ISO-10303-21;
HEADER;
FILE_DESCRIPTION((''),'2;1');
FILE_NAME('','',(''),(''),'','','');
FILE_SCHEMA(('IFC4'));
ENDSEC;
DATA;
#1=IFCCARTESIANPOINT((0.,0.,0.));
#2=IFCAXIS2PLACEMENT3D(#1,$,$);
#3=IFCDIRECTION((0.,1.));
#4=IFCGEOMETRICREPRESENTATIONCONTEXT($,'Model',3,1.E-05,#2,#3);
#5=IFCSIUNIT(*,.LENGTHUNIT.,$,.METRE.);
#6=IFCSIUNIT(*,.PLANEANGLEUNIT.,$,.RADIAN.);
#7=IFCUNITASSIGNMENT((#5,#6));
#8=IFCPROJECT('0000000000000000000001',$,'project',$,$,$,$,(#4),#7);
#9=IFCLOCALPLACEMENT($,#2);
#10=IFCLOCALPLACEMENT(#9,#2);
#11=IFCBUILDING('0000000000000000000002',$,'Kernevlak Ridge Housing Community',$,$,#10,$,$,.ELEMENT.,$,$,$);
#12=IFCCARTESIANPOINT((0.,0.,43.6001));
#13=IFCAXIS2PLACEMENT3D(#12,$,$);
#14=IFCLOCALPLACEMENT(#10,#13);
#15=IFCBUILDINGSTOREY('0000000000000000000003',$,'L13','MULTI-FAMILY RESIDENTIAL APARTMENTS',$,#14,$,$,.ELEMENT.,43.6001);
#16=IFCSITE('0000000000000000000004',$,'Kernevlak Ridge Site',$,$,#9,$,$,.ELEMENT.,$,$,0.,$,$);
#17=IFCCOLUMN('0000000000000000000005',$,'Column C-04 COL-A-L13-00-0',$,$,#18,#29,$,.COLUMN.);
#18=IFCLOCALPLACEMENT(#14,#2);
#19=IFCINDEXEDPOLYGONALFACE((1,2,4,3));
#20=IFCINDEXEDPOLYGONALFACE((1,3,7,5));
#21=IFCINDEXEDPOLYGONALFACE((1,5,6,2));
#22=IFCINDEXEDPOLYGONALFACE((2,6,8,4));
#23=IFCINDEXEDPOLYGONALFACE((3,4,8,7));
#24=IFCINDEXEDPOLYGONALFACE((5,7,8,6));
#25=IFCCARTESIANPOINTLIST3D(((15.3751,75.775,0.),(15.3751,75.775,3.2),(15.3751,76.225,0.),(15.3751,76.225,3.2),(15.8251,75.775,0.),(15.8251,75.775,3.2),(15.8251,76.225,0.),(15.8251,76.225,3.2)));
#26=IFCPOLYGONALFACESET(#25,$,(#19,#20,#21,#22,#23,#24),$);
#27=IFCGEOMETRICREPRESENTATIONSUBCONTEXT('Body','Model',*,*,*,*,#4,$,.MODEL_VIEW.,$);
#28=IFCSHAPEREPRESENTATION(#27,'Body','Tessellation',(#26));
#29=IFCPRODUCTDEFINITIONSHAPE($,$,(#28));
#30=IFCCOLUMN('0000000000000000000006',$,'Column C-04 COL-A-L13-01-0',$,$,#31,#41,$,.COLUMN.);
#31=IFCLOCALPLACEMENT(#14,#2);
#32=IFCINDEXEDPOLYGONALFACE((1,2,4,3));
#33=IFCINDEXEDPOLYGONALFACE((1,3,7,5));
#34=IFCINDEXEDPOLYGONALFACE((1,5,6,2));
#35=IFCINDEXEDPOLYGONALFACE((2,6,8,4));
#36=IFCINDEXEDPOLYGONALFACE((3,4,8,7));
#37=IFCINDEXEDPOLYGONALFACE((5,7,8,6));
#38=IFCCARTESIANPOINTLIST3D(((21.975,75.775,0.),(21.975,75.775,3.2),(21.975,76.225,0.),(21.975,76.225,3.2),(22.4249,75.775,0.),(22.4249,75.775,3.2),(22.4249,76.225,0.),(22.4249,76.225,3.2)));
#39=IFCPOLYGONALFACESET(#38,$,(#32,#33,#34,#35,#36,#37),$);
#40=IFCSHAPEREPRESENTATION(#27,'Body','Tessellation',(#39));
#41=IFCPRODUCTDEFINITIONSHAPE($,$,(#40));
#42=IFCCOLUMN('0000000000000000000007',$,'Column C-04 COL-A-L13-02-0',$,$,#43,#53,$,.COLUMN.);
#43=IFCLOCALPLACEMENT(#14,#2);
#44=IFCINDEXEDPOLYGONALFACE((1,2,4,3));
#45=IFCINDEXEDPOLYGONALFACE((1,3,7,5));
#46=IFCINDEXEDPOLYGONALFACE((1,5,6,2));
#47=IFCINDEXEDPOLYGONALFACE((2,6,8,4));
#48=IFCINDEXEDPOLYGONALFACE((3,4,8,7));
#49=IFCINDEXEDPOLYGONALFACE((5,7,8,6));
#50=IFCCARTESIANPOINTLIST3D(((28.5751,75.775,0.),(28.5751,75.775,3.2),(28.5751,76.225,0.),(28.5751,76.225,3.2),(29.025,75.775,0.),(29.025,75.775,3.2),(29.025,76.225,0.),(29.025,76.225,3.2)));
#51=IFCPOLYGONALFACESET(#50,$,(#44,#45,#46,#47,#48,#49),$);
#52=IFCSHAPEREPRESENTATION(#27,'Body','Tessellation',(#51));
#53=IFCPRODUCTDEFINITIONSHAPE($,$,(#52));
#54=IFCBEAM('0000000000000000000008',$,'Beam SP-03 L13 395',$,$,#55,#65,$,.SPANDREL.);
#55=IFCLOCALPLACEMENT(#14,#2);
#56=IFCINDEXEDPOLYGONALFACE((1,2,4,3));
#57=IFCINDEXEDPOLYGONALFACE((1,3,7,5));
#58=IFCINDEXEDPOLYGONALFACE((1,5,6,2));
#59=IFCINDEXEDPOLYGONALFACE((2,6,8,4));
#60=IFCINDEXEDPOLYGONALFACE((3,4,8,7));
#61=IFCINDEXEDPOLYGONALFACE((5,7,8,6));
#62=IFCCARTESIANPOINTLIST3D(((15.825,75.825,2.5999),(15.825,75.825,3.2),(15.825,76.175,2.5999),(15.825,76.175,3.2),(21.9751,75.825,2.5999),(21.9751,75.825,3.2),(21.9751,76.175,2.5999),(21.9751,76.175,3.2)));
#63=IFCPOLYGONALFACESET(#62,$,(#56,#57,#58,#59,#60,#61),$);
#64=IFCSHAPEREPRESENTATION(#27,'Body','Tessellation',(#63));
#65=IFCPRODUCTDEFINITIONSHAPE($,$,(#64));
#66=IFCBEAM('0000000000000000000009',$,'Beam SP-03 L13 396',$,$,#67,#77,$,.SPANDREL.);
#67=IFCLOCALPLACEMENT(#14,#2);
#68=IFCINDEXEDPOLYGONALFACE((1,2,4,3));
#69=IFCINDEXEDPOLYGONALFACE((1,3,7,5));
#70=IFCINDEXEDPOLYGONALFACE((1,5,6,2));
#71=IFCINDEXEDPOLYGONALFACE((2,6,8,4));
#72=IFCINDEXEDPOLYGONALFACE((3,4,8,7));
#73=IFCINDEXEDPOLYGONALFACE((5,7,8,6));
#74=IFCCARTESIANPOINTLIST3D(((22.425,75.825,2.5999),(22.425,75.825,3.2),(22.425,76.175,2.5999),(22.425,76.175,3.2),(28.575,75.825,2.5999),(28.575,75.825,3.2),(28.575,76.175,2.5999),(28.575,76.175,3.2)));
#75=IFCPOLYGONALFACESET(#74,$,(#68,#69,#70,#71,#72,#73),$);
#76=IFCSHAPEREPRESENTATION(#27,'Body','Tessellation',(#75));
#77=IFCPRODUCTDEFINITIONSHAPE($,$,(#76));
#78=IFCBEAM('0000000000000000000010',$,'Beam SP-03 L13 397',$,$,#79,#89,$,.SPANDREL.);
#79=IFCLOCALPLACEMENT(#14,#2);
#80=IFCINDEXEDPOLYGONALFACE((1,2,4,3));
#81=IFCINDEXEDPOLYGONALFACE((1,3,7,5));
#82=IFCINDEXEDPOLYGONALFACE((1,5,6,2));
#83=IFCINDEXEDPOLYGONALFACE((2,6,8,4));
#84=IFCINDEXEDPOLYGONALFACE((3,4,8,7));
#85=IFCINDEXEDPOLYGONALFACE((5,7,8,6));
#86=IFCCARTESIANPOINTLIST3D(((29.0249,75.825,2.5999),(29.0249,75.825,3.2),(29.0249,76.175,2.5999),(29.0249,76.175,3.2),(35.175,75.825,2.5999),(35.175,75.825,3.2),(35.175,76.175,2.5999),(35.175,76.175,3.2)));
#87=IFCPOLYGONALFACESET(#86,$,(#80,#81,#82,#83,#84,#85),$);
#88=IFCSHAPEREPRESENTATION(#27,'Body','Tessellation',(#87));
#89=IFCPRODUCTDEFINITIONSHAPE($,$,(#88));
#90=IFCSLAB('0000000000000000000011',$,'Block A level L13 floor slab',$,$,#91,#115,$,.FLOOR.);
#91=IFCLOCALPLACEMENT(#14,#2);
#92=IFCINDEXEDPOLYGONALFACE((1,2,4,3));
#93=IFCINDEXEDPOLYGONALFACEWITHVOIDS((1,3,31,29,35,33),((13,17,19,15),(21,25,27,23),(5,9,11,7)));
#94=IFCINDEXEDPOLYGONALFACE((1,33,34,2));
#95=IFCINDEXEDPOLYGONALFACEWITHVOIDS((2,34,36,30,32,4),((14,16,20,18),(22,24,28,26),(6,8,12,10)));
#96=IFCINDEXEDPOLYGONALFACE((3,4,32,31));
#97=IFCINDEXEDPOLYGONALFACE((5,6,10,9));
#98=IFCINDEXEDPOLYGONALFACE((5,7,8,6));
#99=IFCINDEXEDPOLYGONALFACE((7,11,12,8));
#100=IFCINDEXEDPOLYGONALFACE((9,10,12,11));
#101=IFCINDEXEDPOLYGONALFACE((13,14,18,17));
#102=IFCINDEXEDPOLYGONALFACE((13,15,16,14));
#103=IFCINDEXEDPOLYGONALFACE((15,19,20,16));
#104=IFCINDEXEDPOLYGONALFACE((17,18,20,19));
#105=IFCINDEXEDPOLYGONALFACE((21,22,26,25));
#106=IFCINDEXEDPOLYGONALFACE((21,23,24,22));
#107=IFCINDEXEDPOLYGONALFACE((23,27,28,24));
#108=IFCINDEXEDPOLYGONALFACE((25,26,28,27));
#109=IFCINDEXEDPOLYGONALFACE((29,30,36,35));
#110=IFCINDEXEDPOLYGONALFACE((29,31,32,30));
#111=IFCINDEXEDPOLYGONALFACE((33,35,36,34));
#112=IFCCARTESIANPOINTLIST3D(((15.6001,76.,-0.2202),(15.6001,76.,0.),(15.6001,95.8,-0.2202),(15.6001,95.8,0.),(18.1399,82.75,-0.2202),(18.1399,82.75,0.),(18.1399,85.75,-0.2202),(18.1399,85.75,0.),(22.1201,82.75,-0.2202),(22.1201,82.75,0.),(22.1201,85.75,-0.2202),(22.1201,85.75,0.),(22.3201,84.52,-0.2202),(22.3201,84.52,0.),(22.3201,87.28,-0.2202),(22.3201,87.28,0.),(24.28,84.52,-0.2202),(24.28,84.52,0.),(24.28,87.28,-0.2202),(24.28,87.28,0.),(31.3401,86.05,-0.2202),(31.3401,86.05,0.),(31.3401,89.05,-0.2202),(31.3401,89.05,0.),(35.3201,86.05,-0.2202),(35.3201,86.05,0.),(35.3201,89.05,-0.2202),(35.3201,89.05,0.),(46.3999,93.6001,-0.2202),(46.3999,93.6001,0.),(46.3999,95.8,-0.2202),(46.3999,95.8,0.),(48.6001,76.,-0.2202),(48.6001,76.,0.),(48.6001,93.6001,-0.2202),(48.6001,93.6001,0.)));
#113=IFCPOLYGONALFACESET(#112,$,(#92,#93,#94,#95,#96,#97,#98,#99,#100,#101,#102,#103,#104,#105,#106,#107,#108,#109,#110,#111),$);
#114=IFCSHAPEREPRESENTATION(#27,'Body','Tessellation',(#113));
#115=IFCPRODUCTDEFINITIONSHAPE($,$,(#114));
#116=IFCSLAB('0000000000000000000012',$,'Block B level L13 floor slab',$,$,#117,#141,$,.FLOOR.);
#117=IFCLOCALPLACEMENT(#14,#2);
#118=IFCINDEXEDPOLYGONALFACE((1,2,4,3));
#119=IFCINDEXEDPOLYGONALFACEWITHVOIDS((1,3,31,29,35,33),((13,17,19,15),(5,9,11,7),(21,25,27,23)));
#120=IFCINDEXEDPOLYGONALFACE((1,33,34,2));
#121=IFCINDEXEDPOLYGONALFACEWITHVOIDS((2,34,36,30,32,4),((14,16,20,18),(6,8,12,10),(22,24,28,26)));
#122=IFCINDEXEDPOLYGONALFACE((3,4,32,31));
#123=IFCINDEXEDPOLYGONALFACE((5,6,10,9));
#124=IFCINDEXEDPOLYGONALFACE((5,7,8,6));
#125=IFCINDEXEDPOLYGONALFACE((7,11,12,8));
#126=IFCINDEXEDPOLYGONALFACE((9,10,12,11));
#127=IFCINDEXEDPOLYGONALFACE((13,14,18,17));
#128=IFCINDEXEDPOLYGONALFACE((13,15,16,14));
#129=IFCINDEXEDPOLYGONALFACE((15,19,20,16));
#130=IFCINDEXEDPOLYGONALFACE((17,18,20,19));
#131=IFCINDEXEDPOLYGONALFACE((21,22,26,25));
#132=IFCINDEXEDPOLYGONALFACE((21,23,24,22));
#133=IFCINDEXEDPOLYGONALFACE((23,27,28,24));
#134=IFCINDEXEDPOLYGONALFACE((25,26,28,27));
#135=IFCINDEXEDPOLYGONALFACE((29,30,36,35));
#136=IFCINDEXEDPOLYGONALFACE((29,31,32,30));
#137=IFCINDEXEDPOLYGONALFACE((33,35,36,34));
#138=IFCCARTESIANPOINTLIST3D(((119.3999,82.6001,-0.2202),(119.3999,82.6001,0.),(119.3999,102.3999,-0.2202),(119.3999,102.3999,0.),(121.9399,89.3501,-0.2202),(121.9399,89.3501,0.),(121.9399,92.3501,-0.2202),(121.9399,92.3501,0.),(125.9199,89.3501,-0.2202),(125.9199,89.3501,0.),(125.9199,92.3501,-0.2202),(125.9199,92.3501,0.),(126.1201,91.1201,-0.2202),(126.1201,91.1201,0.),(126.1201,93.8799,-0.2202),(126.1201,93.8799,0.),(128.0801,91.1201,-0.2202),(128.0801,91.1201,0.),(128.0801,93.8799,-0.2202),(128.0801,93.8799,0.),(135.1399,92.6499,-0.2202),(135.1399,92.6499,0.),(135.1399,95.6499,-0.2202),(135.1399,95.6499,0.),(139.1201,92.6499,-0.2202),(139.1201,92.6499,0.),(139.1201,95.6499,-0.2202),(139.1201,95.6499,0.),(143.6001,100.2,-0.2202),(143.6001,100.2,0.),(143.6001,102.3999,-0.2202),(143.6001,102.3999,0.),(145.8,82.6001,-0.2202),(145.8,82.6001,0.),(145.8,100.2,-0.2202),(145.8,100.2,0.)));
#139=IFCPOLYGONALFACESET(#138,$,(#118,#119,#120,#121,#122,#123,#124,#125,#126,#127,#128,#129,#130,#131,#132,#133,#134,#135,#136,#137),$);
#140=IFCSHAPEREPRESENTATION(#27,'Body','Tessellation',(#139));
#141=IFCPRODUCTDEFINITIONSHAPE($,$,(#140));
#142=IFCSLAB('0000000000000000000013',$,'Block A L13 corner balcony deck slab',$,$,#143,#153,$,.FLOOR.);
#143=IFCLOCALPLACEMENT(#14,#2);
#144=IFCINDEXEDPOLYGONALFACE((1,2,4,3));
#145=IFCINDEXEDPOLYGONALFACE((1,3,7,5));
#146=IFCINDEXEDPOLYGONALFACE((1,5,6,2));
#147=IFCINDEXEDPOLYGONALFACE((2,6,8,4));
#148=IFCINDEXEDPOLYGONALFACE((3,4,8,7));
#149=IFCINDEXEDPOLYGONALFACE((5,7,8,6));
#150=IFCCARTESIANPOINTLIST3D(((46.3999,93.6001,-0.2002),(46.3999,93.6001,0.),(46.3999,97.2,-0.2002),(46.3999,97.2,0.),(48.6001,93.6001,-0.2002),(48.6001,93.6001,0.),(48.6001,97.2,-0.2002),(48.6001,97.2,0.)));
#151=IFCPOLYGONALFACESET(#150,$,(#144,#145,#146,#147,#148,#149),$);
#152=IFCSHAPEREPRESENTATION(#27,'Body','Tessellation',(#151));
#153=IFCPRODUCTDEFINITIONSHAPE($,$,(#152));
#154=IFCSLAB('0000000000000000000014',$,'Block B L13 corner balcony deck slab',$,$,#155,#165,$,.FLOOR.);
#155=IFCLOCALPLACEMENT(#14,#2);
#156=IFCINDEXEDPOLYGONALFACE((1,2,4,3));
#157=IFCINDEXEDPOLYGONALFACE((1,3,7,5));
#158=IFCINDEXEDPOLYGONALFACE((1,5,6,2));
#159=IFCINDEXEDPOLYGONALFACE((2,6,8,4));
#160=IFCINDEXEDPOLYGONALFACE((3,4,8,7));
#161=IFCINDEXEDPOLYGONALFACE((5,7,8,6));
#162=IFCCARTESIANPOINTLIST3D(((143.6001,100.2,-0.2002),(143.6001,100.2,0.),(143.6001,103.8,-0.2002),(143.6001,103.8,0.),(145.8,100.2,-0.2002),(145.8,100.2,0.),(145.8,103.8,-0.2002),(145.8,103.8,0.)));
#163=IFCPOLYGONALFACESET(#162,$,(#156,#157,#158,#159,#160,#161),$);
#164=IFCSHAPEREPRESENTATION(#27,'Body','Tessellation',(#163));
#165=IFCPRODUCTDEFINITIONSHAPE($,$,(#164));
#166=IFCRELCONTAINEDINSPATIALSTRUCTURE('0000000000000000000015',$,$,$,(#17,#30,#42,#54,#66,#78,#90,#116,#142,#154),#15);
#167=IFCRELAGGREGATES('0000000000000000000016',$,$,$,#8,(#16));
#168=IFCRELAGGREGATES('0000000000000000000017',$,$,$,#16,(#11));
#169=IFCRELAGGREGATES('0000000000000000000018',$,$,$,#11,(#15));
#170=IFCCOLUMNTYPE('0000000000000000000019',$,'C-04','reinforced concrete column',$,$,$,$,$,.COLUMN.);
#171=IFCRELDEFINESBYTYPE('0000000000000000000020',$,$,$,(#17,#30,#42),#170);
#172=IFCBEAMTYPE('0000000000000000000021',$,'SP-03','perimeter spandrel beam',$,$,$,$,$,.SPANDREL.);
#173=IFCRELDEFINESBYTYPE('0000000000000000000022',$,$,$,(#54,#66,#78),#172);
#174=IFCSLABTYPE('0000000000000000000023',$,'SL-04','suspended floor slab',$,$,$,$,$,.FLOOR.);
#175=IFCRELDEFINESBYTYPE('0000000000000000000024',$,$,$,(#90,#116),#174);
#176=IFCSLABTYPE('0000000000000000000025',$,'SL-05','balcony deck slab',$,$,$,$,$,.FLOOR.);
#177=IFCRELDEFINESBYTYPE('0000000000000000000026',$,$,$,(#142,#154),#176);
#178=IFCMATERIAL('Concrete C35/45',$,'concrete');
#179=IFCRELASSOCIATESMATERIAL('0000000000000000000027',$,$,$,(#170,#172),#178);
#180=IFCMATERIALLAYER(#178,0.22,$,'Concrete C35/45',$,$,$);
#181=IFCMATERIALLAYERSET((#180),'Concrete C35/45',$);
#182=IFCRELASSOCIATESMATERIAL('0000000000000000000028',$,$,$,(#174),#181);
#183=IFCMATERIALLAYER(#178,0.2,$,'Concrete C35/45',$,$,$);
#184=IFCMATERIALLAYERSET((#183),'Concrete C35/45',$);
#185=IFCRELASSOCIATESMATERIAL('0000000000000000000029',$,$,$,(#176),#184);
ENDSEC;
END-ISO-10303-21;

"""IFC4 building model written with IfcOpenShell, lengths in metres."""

from ifc_helpers import new_model, si_unit, direction, frame, origin, origin_2d, place, context, subcontext, project, spatial, polyline, rectangle, outline, extrude, material, layer, layer_set, material_profile, profile_set, type_object, element, save


model = new_model("IFC4")

# Units and contexts
model_context = context("Model", 3, precision=1e-05, world=origin(), true_north=direction((0.0, 1.0)))
body_context = subcontext(model_context, "Body", "Model", "MODEL_VIEW")
ifc_project = project(units=[si_unit("LENGTHUNIT", "METRE"), si_unit("PLANEANGLEUNIT", "RADIAN")], contexts=[model_context])

# Site, building, storey
site_placement = place(None, origin())
site = spatial("IfcSite", under=ifc_project, at=site_placement, Name="Kernevlak Ridge Site", CompositionType="ELEMENT", RefElevation=0.0)
building_placement = place(site_placement, origin())
building = spatial("IfcBuilding", under=site, at=building_placement, Name="Kernevlak Ridge Housing Community", CompositionType="ELEMENT")
storey_placement = place(building_placement, frame((0.0, 0.0, 43.6001)))
storey = spatial("IfcBuildingStorey", under=building, at=storey_placement, Name="L13", Description="MULTI-FAMILY RESIDENTIAL APARTMENTS", CompositionType="ELEMENT", Elevation=43.6001)

# Columns
ifc_material_1 = material(Name="Concrete C35/45", Category="concrete")
ifc_material_profile_1 = material_profile(ifc_material_1, rectangle(XDim=0.45, YDim=0.45, at=origin_2d()), Name="RC 450x450")
ifc_profile_set_1 = profile_set([ifc_material_profile_1], Name="Concrete C35/45")
column_type = type_object("IfcColumnType", Name="C-04", Description="reinforced concrete column", PredefinedType="COLUMN", material=ifc_profile_set_1)
for number, where, z_axis, x_axis, name in (
    (1, (15.6001, 76.0, 0.0), (0.0, 0.0, 1.0), (1.0, 0.0, 0.0), "Column C-04 COL-A-L13-00-0"),
    (2, (22.2, 76.0, 0.0), (0.0, 0.0, 1.0), (1.0, 0.0, 0.0), "Column C-04 COL-A-L13-01-0"),
    (3, (28.8, 76.0, 0.0), (0.0, 0.0, 1.0), (1.0, 0.0, 0.0), "Column C-04 COL-A-L13-02-0"),
):
    element("IfcColumn", number, at=place(storey_placement, frame(where, z_axis=z_axis, x_axis=x_axis)), inside=storey, type_object=column_type, Name=name, PredefinedType="COLUMN", context=body_context, shape_type="SweptSolid", body=[
        extrude(rectangle(XDim=0.45, YDim=0.45, at=origin_2d()), origin(), (0.0, 0.0, 1.0), 3.2),
    ])

# Beams
ifc_material_profile_2 = material_profile(ifc_material_1, rectangle(XDim=0.3501, YDim=0.6001, at=origin_2d()), Name="RC 350x600")
ifc_profile_set_2 = profile_set([ifc_material_profile_2], Name="Concrete C35/45")
beam_type = type_object("IfcBeamType", Name="SP-03", Description="perimeter spandrel beam", PredefinedType="SPANDREL", material=ifc_profile_set_2)
beam_1_placement = place(storey_placement, frame((15.825, 76.0, 2.8999), z_axis=(1.0, 0.0, 0.0), x_axis=(0.0, 1.0, 0.0)))
element("IfcBeam", 4, at=beam_1_placement, inside=storey, type_object=beam_type, Name="Beam SP-03 L13 395", PredefinedType="SPANDREL", context=body_context, shape_type="SweptSolid", body=[
    extrude(rectangle(XDim=0.3501, YDim=0.6001, at=origin_2d()), origin(), (0.0, 0.0, 1.0), 6.1501),
])
beam_2_placement = place(storey_placement, frame((22.425, 76.0, 2.8999), z_axis=(1.0, 0.0, 0.0), x_axis=(0.0, 1.0, 0.0)))
element("IfcBeam", 5, at=beam_2_placement, inside=storey, type_object=beam_type, Name="Beam SP-03 L13 396", PredefinedType="SPANDREL", context=body_context, shape_type="SweptSolid", body=[
    extrude(rectangle(XDim=0.3501, YDim=0.6001, at=origin_2d()), origin(), (0.0, 0.0, 1.0), 6.1499),
])
beam_3_placement = place(storey_placement, frame((29.0249, 76.0, 2.8999), z_axis=(1.0, 0.0, 0.0), x_axis=(0.0, 1.0, 0.0)))
element("IfcBeam", 6, at=beam_3_placement, inside=storey, type_object=beam_type, Name="Beam SP-03 L13 397", PredefinedType="SPANDREL", context=body_context, shape_type="SweptSolid", body=[
    extrude(rectangle(XDim=0.3501, YDim=0.6001, at=origin_2d()), origin(), (0.0, 0.0, 1.0), 6.1501),
])

# Slabs
ifc_layer_1 = layer(ifc_material_1, 0.22, Name="Concrete C35/45")
ifc_layer_set_1 = layer_set([ifc_layer_1], Name="Concrete C35/45")
slab_type_1 = type_object("IfcSlabType", Name="SL-04", Description="suspended floor slab", PredefinedType="FLOOR", material=ifc_layer_set_1)
slab_1_placement = place(storey_placement, frame((0.0, 0.0, -0.2202)))
element("IfcSlab", 7, at=slab_1_placement, inside=storey, type_object=slab_type_1, Name="Block A level L13 floor slab", PredefinedType="FLOOR", context=body_context, shape_type="SweptSolid", body=[
    extrude(outline(polyline([(15.6001, 76.0), (48.6001, 76.0), (48.6001, 93.6001), (46.3999, 93.6001), (46.3999, 95.8), (15.6001, 95.8), (15.6001, 76.0)]), holes=[polyline([(18.1399, 85.75), (22.1201, 85.75), (22.1201, 82.75), (18.1399, 82.75), (18.1399, 85.75)]), polyline([(31.3401, 89.05), (35.3201, 89.05), (35.3201, 86.05), (31.3401, 86.05), (31.3401, 89.05)]), polyline([(22.3201, 87.28), (24.28, 87.28), (24.28, 84.52), (22.3201, 84.52), (22.3201, 87.28)])]), origin(), (0.0, 0.0, 1.0), 0.2202),
])
slab_2_placement = place(storey_placement, frame((0.0, 0.0, -0.2202)))
element("IfcSlab", 8, at=slab_2_placement, inside=storey, type_object=slab_type_1, Name="Block B level L13 floor slab", PredefinedType="FLOOR", context=body_context, shape_type="SweptSolid", body=[
    extrude(outline(polyline([(119.3999, 82.6001), (145.8, 82.6001), (145.8, 100.2), (143.6001, 100.2), (143.6001, 102.3999), (119.3999, 102.3999), (119.3999, 82.6001)]), holes=[polyline([(121.9399, 92.3501), (125.9199, 92.3501), (125.9199, 89.3501), (121.9399, 89.3501), (121.9399, 92.3501)]), polyline([(135.1399, 95.6499), (139.1201, 95.6499), (139.1201, 92.6499), (135.1399, 92.6499), (135.1399, 95.6499)]), polyline([(126.1201, 93.8799), (128.0801, 93.8799), (128.0801, 91.1201), (126.1201, 91.1201), (126.1201, 93.8799)])]), origin(), (0.0, 0.0, 1.0), 0.2202),
])
ifc_layer_2 = layer(ifc_material_1, 0.2, Name="Concrete C35/45")
ifc_layer_set_2 = layer_set([ifc_layer_2], Name="Concrete C35/45")
slab_type_2 = type_object("IfcSlabType", Name="SL-05", Description="balcony deck slab", PredefinedType="FLOOR", material=ifc_layer_set_2)
slab_3_placement = place(storey_placement, frame((0.0, 0.0, -0.2002)))
element("IfcSlab", 9, at=slab_3_placement, inside=storey, type_object=slab_type_2, Name="Block A L13 corner balcony deck slab", PredefinedType="FLOOR", context=body_context, shape_type="SweptSolid", body=[
    extrude(outline(polyline([(46.3999, 93.6001), (48.6001, 93.6001), (48.6001, 97.2), (46.3999, 97.2), (46.3999, 93.6001)])), origin(), (0.0, 0.0, 1.0), 0.2002),
])
slab_4_placement = place(storey_placement, frame((0.0, 0.0, -0.2002)))
element("IfcSlab", 10, at=slab_4_placement, inside=storey, type_object=slab_type_2, Name="Block B L13 corner balcony deck slab", PredefinedType="FLOOR", context=body_context, shape_type="SweptSolid", body=[
    extrude(outline(polyline([(143.6001, 100.2), (145.8, 100.2), (145.8, 103.8), (143.6001, 103.8), (143.6001, 100.2)])), origin(), (0.0, 0.0, 1.0), 0.2002),
])

save(model, "model.ifc")
